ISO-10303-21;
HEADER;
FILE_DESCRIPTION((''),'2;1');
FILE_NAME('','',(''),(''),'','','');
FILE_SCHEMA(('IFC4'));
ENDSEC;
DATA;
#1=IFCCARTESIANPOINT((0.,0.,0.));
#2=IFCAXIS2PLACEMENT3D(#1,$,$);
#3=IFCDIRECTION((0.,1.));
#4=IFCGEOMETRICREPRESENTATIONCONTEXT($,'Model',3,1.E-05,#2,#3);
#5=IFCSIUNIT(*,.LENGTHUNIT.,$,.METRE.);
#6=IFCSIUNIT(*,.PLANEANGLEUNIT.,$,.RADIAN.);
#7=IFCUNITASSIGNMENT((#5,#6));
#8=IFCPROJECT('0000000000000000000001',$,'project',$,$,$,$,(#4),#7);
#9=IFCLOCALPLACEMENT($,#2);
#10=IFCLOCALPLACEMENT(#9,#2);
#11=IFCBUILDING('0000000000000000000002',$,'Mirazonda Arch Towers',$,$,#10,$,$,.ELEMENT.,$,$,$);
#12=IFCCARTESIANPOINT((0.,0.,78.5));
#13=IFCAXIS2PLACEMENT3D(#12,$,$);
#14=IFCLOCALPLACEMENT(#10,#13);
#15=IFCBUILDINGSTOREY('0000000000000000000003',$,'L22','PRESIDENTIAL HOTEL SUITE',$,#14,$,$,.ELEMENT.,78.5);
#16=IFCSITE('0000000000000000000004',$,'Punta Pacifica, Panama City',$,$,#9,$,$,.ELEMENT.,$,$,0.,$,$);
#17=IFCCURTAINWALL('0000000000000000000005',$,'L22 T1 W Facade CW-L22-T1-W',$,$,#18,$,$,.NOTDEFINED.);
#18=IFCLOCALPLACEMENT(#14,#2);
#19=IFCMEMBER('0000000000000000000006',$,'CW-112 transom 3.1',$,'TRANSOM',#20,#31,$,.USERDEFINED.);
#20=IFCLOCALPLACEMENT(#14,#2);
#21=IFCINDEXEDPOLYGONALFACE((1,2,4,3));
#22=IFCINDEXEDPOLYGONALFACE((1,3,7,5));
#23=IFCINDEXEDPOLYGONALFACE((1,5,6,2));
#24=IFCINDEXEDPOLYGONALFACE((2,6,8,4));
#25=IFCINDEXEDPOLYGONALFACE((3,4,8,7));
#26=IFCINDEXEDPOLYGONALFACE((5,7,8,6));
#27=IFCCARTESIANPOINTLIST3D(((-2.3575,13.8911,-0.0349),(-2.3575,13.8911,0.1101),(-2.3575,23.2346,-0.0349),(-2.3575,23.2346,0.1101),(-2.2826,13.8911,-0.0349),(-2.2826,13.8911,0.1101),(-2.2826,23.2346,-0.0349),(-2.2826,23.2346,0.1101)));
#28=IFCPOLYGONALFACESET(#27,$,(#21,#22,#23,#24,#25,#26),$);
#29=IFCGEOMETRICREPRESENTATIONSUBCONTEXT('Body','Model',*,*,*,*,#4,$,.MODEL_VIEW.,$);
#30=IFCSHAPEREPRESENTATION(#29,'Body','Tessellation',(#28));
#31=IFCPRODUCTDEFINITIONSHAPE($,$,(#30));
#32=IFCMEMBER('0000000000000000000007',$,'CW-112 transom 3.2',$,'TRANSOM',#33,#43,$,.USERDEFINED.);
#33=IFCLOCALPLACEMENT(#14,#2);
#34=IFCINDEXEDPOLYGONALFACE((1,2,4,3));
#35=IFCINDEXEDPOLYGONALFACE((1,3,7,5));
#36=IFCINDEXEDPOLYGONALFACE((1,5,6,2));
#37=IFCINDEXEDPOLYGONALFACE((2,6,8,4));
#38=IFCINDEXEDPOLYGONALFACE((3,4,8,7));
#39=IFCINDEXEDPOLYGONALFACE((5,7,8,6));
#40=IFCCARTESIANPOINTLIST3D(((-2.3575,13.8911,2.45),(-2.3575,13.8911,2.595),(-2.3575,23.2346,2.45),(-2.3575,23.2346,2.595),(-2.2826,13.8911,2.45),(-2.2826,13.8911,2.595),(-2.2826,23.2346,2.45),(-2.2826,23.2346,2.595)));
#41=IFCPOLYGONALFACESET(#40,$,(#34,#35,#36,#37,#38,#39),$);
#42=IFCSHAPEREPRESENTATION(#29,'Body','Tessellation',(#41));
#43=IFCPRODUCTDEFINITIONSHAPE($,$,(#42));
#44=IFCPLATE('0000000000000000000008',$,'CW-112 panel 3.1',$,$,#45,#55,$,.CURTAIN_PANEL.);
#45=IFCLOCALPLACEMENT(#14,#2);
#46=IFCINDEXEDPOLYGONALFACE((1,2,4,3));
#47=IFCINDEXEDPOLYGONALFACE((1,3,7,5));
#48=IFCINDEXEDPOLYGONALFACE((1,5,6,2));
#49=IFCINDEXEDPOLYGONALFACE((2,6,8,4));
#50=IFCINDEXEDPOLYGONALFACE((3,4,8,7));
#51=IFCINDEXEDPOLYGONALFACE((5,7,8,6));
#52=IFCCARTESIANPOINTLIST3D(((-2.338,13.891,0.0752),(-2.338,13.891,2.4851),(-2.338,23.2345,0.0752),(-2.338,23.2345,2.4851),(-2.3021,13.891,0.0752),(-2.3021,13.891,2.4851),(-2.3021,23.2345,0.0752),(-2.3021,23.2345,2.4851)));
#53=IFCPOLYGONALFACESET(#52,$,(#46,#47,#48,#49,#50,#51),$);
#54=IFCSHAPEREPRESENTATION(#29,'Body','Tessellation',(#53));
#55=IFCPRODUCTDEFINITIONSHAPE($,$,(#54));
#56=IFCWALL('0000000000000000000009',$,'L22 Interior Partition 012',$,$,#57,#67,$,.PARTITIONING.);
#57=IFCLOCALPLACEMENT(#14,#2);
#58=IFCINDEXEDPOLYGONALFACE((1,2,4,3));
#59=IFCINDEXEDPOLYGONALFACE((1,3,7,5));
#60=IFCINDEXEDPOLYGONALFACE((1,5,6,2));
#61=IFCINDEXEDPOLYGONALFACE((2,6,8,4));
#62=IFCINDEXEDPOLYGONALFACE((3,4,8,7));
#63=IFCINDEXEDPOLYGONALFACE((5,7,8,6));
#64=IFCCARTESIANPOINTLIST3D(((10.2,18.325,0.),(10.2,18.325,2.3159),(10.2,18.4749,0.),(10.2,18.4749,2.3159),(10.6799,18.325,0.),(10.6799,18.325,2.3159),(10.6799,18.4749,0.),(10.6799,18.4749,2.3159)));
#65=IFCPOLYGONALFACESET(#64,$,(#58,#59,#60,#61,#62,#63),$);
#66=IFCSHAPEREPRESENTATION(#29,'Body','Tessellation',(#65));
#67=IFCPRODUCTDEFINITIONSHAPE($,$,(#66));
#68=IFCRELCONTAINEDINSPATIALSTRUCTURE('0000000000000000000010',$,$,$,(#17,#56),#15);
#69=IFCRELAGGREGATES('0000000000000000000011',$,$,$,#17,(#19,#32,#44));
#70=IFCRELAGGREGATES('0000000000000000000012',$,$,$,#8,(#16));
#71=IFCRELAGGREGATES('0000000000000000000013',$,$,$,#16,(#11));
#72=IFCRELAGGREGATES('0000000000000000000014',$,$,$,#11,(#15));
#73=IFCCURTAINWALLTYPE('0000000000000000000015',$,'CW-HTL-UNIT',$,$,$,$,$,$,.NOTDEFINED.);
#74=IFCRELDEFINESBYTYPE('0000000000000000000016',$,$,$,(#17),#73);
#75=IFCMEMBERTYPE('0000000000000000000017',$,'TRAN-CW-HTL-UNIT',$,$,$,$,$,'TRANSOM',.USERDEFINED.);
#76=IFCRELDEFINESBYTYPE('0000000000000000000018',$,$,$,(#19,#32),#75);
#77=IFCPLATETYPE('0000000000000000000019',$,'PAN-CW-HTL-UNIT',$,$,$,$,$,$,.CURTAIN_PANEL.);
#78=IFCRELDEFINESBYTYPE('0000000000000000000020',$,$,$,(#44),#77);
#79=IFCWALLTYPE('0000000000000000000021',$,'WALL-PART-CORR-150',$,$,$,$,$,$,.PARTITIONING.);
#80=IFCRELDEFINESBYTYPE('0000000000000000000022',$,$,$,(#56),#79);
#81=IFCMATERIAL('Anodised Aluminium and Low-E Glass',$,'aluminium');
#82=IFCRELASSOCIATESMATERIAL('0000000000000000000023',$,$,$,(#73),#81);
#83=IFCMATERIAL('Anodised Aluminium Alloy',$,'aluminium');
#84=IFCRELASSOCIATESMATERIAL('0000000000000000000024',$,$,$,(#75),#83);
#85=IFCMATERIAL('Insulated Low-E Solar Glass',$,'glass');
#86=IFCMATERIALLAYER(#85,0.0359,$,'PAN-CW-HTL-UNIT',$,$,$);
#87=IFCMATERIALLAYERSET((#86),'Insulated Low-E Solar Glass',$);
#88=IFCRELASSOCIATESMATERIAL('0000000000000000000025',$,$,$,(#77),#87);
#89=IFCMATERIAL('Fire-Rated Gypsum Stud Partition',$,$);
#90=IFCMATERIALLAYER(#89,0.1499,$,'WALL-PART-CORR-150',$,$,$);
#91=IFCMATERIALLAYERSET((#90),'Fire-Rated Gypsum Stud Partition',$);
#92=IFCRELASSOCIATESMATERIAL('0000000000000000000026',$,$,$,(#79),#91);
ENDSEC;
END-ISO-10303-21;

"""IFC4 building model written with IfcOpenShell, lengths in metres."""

from ifc_helpers import new_model, si_unit, direction, frame, frame_2d, origin, origin_2d, place, context, subcontext, project, spatial, rectangle, extrude, material, layer, layer_set, material_profile, profile_set, type_object, element, aggregate, save


model = new_model("IFC4")

# Units and contexts
model_context = context("Model", 3, precision=1e-05, world=origin(), true_north=direction((0.0, 1.0)))
body_context = subcontext(model_context, "Body", "Model", "MODEL_VIEW")
ifc_project = project(units=[si_unit("LENGTHUNIT", "METRE"), si_unit("PLANEANGLEUNIT", "RADIAN")], contexts=[model_context])

# Site, building, storey
site_placement = place(None, origin())
site = spatial("IfcSite", under=ifc_project, at=site_placement, Name="Punta Pacifica, Panama City", CompositionType="ELEMENT", RefElevation=0.0)
building_placement = place(site_placement, origin())
building = spatial("IfcBuilding", under=site, at=building_placement, Name="Mirazonda Arch Towers", CompositionType="ELEMENT")
storey_placement = place(building_placement, frame((0.0, 0.0, 78.5)))
storey = spatial("IfcBuildingStorey", under=building, at=storey_placement, Name="L22", Description="PRESIDENTIAL HOTEL SUITE", CompositionType="ELEMENT", Elevation=78.5)

# Curtain wall, members, plate
ifc_material_1 = material(Name="Anodised Aluminium and Low-E Glass", Category="aluminium")
curtain_wall_type = type_object("IfcCurtainWallType", Name="CW-HTL-UNIT", PredefinedType="NOTDEFINED", material=ifc_material_1)
curtain_wall_placement = place(storey_placement, origin())
curtain_wall = element("IfcCurtainWall", 1, at=curtain_wall_placement, inside=storey, type_object=curtain_wall_type, Name="L22 T1 W Facade CW-L22-T1-W", PredefinedType="NOTDEFINED")
ifc_material_2 = material(Name="Anodised Aluminium Alloy", Category="aluminium")
ifc_material_profile_1 = material_profile(ifc_material_2, rectangle(XDim=0.075, YDim=0.145, at=origin_2d()), Name="ALU-TRAN-75x145")
ifc_profile_set_1 = profile_set([ifc_material_profile_1], Name="Anodised Aluminium Alloy")
member_type_1 = type_object("IfcMemberType", Name="TRAN-CW-HTL-UNIT", ElementType="TRANSOM", PredefinedType="USERDEFINED", material=ifc_profile_set_1)
member_1_placement = place(storey_placement, frame((-2.3201, 23.2346, 0.0376), z_axis=(0.0, -1.0, 0.0), x_axis=(1.0, 0.0, 0.0)))
member_1 = element("IfcMember", 2, at=member_1_placement, type_object=member_type_1, Name="CW-112 transom 3.1", ObjectType="TRANSOM", PredefinedType="USERDEFINED", context=body_context, shape_type="SweptSolid", body=[
    extrude(rectangle(XDim=0.075, YDim=0.145, at=origin_2d()), origin(), (0.0, 0.0, 1.0), 9.3435),
])
member_2_placement = place(storey_placement, frame((-2.3201, 23.2346, 2.5225), z_axis=(0.0, -1.0, 0.0), x_axis=(1.0, 0.0, 0.0)))
member_2 = element("IfcMember", 3, at=member_2_placement, type_object=member_type_1, Name="CW-112 transom 3.2", ObjectType="TRANSOM", PredefinedType="USERDEFINED", context=body_context, shape_type="SweptSolid", body=[
    extrude(rectangle(XDim=0.075, YDim=0.145, at=origin_2d()), origin(), (0.0, 0.0, 1.0), 9.3435),
])
ifc_material_3 = material(Name="Insulated Low-E Solar Glass", Category="glass")
ifc_layer_1 = layer(ifc_material_3, 0.0359, Name="PAN-CW-HTL-UNIT")
ifc_layer_set_1 = layer_set([ifc_layer_1], Name="Insulated Low-E Solar Glass")
plate_type = type_object("IfcPlateType", Name="PAN-CW-HTL-UNIT", PredefinedType="CURTAIN_PANEL", material=ifc_layer_set_1)
plate_placement = place(storey_placement, frame((-2.3201, 18.5627, 0.0752), z_axis=(0.0, 0.0, 1.0), x_axis=(0.0, -1.0, 0.0)))
plate = element("IfcPlate", 4, at=plate_placement, type_object=plate_type, Name="CW-112 panel 3.1", PredefinedType="CURTAIN_PANEL", context=body_context, shape_type="SweptSolid", body=[
    extrude(rectangle(XDim=9.3435, YDim=0.0359, at=origin_2d()), origin(), (0.0, 0.0, 1.0), 2.4099),
])
aggregate(curtain_wall, [member_1, member_2, plate])

# Wall
ifc_material_4 = material(Name="Fire-Rated Gypsum Stud Partition")
ifc_layer_2 = layer(ifc_material_4, 0.1499, Name="WALL-PART-CORR-150")
ifc_layer_set_2 = layer_set([ifc_layer_2], Name="Fire-Rated Gypsum Stud Partition")
wall_type = type_object("IfcWallType", Name="WALL-PART-CORR-150", PredefinedType="PARTITIONING", material=ifc_layer_set_2)
wall_placement = place(storey_placement, frame((10.2, 18.3999, 0.0), z_axis=(0.0, 0.0, 1.0), x_axis=(1.0, 0.0, 0.0)))
element("IfcWall", 5, at=wall_placement, inside=storey, type_object=wall_type, Name="L22 Interior Partition 012", PredefinedType="PARTITIONING", context=body_context, shape_type="SweptSolid", body=[
    extrude(rectangle(XDim=0.48, YDim=0.1499, at=frame_2d((0.24, 0.0))), origin(), (0.0, 0.0, 1.0), 2.3159),
])

save(model, "model.ifc")
